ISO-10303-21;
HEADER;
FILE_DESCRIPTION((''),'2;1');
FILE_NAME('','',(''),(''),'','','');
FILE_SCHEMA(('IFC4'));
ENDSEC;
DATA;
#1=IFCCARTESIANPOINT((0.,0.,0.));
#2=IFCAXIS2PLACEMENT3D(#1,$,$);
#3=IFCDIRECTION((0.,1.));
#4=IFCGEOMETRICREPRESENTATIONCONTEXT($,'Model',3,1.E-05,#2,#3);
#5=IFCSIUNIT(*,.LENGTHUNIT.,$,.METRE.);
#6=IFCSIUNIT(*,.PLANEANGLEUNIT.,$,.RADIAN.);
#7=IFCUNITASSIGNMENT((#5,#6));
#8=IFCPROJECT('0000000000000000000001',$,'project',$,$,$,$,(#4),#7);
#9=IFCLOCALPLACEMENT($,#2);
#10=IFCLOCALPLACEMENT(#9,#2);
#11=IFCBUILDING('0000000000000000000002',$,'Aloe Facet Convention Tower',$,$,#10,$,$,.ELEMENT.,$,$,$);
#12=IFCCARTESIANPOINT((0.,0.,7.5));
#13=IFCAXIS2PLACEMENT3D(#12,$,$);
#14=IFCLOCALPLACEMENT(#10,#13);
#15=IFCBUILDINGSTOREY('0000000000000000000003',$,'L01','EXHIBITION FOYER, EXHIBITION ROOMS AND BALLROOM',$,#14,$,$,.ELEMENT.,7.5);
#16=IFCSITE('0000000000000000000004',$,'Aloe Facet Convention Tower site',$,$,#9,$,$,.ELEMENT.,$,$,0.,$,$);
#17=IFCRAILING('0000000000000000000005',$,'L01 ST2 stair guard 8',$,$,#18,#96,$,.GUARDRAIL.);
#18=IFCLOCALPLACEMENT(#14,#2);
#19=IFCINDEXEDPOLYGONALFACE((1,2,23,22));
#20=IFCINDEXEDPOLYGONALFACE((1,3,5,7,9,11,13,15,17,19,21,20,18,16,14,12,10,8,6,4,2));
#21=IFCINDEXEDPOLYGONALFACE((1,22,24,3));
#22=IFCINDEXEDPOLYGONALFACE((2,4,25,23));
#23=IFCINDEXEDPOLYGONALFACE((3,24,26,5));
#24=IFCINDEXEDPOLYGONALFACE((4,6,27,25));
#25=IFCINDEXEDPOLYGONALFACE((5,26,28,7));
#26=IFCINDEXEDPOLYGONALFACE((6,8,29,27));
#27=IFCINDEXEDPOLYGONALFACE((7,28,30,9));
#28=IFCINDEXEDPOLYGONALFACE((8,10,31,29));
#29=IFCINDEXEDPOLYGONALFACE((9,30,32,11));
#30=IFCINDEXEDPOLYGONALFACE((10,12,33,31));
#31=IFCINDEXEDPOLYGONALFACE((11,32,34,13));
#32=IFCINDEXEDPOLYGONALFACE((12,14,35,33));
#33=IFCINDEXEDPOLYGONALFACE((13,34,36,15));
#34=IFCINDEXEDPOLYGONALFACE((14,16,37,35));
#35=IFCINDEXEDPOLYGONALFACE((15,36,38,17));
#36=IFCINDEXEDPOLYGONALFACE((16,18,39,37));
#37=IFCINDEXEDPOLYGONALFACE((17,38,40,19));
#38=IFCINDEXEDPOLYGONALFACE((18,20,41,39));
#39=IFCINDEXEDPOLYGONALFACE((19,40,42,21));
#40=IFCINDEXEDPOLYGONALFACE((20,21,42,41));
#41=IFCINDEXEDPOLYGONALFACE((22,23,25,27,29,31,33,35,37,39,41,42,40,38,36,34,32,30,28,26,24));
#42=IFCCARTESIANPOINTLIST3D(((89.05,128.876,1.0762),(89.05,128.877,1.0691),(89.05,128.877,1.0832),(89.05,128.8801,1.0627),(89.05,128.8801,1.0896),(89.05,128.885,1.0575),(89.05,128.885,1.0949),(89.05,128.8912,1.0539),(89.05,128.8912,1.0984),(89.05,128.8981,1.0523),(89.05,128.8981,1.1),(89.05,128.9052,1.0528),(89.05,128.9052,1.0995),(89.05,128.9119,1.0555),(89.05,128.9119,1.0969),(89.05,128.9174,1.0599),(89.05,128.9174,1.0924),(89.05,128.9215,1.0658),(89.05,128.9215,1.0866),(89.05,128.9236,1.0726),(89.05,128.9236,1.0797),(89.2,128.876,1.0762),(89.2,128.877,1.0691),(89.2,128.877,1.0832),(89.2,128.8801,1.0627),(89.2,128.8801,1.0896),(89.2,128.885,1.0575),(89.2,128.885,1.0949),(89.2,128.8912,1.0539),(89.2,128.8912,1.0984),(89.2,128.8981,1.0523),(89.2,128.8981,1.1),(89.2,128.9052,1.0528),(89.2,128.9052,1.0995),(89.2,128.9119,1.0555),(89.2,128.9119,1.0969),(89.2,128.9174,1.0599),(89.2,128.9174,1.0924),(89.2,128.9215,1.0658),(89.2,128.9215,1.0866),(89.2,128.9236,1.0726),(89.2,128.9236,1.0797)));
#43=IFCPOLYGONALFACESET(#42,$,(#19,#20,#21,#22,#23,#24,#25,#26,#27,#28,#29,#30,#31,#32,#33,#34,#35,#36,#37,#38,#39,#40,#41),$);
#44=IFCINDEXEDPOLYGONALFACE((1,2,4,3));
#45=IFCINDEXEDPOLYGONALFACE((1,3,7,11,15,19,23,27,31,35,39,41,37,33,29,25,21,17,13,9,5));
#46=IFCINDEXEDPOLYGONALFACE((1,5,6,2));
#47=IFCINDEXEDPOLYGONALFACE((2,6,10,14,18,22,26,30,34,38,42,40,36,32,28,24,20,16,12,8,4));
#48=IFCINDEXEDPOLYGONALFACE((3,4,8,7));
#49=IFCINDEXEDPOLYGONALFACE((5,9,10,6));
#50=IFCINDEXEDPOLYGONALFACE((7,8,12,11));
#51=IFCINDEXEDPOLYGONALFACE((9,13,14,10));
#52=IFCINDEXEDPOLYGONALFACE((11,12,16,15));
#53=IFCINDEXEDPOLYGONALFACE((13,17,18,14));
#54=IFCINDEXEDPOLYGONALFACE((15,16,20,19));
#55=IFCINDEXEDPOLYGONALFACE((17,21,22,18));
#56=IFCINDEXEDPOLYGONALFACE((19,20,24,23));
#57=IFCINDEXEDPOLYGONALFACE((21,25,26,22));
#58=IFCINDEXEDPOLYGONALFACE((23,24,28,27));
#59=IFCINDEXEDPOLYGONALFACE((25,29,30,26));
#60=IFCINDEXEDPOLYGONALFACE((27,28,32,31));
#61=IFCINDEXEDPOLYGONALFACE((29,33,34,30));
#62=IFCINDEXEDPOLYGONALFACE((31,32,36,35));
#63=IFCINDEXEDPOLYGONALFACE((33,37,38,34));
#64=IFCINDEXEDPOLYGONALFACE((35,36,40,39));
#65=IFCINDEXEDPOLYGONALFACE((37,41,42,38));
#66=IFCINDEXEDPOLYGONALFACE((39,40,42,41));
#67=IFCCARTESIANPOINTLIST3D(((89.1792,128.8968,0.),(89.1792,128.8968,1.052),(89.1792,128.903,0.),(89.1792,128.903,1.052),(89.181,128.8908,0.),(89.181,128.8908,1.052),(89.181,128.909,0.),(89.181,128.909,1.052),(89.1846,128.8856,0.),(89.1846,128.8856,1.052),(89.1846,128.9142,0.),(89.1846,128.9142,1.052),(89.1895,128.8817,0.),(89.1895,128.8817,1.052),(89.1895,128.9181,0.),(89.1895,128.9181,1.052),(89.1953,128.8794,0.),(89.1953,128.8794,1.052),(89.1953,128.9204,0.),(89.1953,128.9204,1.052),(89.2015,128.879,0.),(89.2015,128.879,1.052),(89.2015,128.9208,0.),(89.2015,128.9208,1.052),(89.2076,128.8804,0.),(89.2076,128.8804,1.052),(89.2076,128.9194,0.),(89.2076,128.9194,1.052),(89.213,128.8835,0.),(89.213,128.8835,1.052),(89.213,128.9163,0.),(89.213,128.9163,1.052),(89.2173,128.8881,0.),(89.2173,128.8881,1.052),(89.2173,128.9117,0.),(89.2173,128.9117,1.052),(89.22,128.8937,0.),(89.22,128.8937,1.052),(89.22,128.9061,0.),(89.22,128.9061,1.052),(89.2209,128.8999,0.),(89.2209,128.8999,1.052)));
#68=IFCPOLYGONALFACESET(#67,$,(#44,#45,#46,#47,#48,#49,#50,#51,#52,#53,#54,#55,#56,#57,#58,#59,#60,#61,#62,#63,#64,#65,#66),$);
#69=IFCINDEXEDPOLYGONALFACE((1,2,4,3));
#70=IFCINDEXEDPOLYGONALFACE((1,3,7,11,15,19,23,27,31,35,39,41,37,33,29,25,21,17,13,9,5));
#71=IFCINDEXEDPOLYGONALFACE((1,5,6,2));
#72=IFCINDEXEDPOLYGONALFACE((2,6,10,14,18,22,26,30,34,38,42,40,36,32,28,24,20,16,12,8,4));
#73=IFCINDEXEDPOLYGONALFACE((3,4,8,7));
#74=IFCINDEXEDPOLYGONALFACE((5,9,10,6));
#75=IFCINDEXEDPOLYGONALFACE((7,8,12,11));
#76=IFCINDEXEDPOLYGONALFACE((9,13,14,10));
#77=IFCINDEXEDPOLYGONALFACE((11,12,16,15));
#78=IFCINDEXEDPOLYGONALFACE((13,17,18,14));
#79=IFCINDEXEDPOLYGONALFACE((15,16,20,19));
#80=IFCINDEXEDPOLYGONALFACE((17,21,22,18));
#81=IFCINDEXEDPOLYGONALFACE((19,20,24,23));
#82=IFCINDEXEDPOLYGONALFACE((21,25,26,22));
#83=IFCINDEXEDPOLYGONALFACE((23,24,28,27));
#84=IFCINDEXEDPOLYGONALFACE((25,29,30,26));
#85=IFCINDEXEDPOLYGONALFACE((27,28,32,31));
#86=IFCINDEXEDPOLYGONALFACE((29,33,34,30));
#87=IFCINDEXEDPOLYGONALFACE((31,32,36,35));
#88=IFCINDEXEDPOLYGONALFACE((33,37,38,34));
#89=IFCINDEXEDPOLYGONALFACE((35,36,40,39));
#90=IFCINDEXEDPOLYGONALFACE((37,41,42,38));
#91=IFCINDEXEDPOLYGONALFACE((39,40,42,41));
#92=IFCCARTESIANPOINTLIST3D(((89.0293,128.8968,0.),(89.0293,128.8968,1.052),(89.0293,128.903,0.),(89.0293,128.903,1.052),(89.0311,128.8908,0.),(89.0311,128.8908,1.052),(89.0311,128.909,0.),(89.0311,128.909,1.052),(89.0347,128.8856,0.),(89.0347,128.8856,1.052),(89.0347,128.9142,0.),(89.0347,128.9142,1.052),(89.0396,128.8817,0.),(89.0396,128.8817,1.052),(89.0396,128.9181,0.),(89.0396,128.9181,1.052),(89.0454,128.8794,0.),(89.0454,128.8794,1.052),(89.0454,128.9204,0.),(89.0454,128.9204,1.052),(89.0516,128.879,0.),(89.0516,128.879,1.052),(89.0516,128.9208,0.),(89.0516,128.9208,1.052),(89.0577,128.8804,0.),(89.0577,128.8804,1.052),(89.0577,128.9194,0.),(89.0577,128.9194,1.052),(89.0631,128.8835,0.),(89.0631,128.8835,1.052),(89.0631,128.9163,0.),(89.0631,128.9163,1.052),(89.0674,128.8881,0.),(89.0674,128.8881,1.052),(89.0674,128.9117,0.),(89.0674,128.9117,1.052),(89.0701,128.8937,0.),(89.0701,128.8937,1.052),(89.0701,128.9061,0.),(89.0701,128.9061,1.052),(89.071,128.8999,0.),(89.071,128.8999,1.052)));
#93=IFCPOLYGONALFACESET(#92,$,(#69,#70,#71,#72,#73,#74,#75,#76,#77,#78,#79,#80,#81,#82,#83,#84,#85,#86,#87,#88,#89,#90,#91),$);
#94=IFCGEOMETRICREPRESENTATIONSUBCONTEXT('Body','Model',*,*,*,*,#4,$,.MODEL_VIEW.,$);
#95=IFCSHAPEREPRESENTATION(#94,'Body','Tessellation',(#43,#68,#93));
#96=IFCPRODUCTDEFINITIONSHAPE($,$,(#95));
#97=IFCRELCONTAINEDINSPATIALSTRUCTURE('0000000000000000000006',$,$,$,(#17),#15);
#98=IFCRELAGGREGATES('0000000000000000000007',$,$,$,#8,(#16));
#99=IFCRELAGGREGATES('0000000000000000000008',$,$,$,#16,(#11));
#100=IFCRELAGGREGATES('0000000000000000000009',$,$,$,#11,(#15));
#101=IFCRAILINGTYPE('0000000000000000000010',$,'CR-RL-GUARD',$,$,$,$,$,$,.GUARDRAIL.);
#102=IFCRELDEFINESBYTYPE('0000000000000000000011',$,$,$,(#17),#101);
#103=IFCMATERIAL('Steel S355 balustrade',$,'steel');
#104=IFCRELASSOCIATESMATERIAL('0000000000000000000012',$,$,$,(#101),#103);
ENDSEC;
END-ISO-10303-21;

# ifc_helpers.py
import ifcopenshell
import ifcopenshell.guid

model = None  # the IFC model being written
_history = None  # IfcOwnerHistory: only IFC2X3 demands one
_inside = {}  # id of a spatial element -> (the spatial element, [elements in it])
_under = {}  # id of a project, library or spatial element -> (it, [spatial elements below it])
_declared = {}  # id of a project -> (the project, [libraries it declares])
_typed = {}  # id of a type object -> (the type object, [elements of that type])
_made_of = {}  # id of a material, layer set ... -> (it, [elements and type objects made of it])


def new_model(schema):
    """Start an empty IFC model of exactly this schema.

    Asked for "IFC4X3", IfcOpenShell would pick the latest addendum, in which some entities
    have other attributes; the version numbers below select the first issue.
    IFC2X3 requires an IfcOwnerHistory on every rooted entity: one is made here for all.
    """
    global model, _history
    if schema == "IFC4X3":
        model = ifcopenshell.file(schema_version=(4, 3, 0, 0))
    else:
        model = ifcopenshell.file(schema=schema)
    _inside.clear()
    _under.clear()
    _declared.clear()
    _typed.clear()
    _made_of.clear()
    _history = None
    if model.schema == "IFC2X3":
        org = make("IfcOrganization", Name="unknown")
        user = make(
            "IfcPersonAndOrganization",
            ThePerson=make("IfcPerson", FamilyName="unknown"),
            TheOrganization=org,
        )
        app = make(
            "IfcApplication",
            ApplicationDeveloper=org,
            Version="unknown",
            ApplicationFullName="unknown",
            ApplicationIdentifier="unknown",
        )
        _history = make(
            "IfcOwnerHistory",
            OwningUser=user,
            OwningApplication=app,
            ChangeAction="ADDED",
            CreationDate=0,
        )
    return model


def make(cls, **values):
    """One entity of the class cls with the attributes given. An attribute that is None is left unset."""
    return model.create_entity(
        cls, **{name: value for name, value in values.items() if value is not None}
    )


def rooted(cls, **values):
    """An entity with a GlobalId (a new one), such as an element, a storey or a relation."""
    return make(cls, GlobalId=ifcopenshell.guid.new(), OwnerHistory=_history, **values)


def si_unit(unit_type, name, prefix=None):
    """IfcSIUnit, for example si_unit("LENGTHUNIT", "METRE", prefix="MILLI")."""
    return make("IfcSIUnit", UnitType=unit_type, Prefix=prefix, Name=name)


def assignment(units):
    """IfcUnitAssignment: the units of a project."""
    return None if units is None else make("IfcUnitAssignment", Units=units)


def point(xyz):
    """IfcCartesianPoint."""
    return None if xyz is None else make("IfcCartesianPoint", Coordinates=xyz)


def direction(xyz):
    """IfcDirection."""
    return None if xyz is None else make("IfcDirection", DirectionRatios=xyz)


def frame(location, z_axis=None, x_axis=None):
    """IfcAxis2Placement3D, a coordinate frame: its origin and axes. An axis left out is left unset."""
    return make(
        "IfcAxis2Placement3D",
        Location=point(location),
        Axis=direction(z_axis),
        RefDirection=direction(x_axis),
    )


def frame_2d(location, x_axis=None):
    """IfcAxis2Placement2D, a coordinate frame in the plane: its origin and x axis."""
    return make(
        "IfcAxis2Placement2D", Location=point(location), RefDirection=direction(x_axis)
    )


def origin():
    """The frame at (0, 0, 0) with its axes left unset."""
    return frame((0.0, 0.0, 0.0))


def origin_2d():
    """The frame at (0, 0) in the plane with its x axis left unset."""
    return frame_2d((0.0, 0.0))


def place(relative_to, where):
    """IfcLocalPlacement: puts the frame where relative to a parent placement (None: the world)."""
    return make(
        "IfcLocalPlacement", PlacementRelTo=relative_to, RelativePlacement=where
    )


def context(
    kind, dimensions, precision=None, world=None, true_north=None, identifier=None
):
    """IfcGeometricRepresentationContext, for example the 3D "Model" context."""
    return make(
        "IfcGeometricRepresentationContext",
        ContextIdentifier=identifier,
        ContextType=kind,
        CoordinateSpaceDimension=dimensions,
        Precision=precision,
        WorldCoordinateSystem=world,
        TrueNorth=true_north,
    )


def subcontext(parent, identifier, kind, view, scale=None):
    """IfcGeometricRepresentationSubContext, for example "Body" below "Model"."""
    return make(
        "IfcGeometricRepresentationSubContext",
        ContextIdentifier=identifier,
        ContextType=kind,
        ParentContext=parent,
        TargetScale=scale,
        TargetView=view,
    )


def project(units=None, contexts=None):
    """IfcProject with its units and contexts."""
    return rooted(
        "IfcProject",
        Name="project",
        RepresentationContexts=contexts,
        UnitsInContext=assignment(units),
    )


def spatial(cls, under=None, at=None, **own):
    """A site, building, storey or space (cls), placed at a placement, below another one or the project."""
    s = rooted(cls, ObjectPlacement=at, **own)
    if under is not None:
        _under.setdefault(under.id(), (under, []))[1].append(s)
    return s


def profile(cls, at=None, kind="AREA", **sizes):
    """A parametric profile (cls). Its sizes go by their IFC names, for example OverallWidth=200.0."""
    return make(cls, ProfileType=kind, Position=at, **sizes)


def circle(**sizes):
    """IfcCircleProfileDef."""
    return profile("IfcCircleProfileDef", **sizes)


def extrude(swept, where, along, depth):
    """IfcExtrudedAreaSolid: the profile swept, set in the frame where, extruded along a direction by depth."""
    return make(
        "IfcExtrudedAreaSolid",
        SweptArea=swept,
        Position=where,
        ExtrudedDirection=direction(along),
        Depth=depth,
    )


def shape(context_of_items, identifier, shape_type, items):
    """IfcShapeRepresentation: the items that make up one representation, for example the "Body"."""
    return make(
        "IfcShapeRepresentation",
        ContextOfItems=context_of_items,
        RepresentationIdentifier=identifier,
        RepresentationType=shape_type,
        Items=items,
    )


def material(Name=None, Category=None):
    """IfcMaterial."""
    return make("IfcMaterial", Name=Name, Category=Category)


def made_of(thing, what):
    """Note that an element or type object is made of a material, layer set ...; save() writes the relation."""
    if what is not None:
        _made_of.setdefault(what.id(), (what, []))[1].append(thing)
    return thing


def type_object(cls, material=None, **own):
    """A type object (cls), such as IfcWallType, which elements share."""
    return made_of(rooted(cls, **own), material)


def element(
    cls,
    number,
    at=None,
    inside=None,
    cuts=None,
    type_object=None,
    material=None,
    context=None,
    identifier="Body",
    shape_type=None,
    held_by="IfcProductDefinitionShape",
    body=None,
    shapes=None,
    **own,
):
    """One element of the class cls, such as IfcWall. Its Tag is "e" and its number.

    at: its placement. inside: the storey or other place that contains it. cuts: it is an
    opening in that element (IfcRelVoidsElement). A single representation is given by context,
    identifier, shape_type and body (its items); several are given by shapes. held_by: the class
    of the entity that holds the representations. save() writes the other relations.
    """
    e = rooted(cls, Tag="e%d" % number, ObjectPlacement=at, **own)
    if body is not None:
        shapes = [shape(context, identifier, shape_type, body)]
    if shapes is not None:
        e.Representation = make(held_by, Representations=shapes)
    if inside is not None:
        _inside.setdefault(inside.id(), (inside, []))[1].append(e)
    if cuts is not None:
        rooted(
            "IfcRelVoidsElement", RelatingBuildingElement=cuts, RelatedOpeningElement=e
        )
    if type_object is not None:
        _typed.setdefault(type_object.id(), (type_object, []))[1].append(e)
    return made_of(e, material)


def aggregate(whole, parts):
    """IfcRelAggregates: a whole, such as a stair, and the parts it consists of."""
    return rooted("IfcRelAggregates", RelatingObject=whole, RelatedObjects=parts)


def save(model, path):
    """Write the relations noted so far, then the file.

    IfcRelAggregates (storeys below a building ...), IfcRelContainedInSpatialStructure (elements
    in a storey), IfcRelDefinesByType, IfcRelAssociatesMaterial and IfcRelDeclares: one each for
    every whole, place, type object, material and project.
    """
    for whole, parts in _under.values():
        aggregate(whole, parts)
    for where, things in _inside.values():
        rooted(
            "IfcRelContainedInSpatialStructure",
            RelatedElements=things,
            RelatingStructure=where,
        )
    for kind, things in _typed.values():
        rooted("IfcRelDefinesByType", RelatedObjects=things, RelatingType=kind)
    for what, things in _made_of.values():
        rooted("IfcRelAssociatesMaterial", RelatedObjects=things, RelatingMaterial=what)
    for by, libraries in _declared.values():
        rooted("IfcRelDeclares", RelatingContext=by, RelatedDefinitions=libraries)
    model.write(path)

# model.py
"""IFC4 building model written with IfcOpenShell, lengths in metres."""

from ifc_helpers import new_model, si_unit, direction, frame, origin, origin_2d, place, context, subcontext, project, spatial, circle, extrude, material, type_object, element, save


model = new_model("IFC4")

# Units and contexts
model_context = context("Model", 3, precision=1e-05, world=origin(), true_north=direction((0.0, 1.0)))
body_context = subcontext(model_context, "Body", "Model", "MODEL_VIEW")
ifc_project = project(units=[si_unit("LENGTHUNIT", "METRE"), si_unit("PLANEANGLEUNIT", "RADIAN")], contexts=[model_context])

# Site, building, storey
site_placement = place(None, origin())
site = spatial("IfcSite", under=ifc_project, at=site_placement, Name="Aloe Facet Convention Tower site", CompositionType="ELEMENT", RefElevation=0.0)
building_placement = place(site_placement, origin())
building = spatial("IfcBuilding", under=site, at=building_placement, Name="Aloe Facet Convention Tower", CompositionType="ELEMENT")
storey_placement = place(building_placement, frame((0.0, 0.0, 7.5)))
storey = spatial("IfcBuildingStorey", under=building, at=storey_placement, Name="L01", Description="EXHIBITION FOYER, EXHIBITION ROOMS AND BALLROOM", CompositionType="ELEMENT", Elevation=7.5)

# Railing
ifc_material_1 = material(Name="Steel S355 balustrade", Category="steel")
railing_type_1 = type_object("IfcRailingType", Name="CR-RL-GUARD", PredefinedType="GUARDRAIL", material=ifc_material_1)
railing_1_placement = place(storey_placement, frame((89.2, 128.8999, 0.0)))
element("IfcRailing", 1, at=railing_1_placement, inside=storey, type_object=railing_type_1, Name="L01 ST2 stair guard 8", PredefinedType="GUARDRAIL", context=body_context, shape_type="SweptSolid", body=[
    extrude(circle(Radius=0.0239, at=origin_2d()), frame((0.0, 0.0, 1.0762), z_axis=(-1.0, 0.0, 0.0), x_axis=(0.0, -1.0, 0.0)), (0.0, 0.0, 1.0), 0.1499),
    extrude(circle(Radius=0.021, at=origin_2d()), origin(), (0.0, 0.0, 1.0), 1.052),
    extrude(circle(Radius=0.021, at=origin_2d()), frame((-0.1499, 0.0, 0.0)), (0.0, 0.0, 1.0), 1.052),
])

save(model, "model.ifc")
